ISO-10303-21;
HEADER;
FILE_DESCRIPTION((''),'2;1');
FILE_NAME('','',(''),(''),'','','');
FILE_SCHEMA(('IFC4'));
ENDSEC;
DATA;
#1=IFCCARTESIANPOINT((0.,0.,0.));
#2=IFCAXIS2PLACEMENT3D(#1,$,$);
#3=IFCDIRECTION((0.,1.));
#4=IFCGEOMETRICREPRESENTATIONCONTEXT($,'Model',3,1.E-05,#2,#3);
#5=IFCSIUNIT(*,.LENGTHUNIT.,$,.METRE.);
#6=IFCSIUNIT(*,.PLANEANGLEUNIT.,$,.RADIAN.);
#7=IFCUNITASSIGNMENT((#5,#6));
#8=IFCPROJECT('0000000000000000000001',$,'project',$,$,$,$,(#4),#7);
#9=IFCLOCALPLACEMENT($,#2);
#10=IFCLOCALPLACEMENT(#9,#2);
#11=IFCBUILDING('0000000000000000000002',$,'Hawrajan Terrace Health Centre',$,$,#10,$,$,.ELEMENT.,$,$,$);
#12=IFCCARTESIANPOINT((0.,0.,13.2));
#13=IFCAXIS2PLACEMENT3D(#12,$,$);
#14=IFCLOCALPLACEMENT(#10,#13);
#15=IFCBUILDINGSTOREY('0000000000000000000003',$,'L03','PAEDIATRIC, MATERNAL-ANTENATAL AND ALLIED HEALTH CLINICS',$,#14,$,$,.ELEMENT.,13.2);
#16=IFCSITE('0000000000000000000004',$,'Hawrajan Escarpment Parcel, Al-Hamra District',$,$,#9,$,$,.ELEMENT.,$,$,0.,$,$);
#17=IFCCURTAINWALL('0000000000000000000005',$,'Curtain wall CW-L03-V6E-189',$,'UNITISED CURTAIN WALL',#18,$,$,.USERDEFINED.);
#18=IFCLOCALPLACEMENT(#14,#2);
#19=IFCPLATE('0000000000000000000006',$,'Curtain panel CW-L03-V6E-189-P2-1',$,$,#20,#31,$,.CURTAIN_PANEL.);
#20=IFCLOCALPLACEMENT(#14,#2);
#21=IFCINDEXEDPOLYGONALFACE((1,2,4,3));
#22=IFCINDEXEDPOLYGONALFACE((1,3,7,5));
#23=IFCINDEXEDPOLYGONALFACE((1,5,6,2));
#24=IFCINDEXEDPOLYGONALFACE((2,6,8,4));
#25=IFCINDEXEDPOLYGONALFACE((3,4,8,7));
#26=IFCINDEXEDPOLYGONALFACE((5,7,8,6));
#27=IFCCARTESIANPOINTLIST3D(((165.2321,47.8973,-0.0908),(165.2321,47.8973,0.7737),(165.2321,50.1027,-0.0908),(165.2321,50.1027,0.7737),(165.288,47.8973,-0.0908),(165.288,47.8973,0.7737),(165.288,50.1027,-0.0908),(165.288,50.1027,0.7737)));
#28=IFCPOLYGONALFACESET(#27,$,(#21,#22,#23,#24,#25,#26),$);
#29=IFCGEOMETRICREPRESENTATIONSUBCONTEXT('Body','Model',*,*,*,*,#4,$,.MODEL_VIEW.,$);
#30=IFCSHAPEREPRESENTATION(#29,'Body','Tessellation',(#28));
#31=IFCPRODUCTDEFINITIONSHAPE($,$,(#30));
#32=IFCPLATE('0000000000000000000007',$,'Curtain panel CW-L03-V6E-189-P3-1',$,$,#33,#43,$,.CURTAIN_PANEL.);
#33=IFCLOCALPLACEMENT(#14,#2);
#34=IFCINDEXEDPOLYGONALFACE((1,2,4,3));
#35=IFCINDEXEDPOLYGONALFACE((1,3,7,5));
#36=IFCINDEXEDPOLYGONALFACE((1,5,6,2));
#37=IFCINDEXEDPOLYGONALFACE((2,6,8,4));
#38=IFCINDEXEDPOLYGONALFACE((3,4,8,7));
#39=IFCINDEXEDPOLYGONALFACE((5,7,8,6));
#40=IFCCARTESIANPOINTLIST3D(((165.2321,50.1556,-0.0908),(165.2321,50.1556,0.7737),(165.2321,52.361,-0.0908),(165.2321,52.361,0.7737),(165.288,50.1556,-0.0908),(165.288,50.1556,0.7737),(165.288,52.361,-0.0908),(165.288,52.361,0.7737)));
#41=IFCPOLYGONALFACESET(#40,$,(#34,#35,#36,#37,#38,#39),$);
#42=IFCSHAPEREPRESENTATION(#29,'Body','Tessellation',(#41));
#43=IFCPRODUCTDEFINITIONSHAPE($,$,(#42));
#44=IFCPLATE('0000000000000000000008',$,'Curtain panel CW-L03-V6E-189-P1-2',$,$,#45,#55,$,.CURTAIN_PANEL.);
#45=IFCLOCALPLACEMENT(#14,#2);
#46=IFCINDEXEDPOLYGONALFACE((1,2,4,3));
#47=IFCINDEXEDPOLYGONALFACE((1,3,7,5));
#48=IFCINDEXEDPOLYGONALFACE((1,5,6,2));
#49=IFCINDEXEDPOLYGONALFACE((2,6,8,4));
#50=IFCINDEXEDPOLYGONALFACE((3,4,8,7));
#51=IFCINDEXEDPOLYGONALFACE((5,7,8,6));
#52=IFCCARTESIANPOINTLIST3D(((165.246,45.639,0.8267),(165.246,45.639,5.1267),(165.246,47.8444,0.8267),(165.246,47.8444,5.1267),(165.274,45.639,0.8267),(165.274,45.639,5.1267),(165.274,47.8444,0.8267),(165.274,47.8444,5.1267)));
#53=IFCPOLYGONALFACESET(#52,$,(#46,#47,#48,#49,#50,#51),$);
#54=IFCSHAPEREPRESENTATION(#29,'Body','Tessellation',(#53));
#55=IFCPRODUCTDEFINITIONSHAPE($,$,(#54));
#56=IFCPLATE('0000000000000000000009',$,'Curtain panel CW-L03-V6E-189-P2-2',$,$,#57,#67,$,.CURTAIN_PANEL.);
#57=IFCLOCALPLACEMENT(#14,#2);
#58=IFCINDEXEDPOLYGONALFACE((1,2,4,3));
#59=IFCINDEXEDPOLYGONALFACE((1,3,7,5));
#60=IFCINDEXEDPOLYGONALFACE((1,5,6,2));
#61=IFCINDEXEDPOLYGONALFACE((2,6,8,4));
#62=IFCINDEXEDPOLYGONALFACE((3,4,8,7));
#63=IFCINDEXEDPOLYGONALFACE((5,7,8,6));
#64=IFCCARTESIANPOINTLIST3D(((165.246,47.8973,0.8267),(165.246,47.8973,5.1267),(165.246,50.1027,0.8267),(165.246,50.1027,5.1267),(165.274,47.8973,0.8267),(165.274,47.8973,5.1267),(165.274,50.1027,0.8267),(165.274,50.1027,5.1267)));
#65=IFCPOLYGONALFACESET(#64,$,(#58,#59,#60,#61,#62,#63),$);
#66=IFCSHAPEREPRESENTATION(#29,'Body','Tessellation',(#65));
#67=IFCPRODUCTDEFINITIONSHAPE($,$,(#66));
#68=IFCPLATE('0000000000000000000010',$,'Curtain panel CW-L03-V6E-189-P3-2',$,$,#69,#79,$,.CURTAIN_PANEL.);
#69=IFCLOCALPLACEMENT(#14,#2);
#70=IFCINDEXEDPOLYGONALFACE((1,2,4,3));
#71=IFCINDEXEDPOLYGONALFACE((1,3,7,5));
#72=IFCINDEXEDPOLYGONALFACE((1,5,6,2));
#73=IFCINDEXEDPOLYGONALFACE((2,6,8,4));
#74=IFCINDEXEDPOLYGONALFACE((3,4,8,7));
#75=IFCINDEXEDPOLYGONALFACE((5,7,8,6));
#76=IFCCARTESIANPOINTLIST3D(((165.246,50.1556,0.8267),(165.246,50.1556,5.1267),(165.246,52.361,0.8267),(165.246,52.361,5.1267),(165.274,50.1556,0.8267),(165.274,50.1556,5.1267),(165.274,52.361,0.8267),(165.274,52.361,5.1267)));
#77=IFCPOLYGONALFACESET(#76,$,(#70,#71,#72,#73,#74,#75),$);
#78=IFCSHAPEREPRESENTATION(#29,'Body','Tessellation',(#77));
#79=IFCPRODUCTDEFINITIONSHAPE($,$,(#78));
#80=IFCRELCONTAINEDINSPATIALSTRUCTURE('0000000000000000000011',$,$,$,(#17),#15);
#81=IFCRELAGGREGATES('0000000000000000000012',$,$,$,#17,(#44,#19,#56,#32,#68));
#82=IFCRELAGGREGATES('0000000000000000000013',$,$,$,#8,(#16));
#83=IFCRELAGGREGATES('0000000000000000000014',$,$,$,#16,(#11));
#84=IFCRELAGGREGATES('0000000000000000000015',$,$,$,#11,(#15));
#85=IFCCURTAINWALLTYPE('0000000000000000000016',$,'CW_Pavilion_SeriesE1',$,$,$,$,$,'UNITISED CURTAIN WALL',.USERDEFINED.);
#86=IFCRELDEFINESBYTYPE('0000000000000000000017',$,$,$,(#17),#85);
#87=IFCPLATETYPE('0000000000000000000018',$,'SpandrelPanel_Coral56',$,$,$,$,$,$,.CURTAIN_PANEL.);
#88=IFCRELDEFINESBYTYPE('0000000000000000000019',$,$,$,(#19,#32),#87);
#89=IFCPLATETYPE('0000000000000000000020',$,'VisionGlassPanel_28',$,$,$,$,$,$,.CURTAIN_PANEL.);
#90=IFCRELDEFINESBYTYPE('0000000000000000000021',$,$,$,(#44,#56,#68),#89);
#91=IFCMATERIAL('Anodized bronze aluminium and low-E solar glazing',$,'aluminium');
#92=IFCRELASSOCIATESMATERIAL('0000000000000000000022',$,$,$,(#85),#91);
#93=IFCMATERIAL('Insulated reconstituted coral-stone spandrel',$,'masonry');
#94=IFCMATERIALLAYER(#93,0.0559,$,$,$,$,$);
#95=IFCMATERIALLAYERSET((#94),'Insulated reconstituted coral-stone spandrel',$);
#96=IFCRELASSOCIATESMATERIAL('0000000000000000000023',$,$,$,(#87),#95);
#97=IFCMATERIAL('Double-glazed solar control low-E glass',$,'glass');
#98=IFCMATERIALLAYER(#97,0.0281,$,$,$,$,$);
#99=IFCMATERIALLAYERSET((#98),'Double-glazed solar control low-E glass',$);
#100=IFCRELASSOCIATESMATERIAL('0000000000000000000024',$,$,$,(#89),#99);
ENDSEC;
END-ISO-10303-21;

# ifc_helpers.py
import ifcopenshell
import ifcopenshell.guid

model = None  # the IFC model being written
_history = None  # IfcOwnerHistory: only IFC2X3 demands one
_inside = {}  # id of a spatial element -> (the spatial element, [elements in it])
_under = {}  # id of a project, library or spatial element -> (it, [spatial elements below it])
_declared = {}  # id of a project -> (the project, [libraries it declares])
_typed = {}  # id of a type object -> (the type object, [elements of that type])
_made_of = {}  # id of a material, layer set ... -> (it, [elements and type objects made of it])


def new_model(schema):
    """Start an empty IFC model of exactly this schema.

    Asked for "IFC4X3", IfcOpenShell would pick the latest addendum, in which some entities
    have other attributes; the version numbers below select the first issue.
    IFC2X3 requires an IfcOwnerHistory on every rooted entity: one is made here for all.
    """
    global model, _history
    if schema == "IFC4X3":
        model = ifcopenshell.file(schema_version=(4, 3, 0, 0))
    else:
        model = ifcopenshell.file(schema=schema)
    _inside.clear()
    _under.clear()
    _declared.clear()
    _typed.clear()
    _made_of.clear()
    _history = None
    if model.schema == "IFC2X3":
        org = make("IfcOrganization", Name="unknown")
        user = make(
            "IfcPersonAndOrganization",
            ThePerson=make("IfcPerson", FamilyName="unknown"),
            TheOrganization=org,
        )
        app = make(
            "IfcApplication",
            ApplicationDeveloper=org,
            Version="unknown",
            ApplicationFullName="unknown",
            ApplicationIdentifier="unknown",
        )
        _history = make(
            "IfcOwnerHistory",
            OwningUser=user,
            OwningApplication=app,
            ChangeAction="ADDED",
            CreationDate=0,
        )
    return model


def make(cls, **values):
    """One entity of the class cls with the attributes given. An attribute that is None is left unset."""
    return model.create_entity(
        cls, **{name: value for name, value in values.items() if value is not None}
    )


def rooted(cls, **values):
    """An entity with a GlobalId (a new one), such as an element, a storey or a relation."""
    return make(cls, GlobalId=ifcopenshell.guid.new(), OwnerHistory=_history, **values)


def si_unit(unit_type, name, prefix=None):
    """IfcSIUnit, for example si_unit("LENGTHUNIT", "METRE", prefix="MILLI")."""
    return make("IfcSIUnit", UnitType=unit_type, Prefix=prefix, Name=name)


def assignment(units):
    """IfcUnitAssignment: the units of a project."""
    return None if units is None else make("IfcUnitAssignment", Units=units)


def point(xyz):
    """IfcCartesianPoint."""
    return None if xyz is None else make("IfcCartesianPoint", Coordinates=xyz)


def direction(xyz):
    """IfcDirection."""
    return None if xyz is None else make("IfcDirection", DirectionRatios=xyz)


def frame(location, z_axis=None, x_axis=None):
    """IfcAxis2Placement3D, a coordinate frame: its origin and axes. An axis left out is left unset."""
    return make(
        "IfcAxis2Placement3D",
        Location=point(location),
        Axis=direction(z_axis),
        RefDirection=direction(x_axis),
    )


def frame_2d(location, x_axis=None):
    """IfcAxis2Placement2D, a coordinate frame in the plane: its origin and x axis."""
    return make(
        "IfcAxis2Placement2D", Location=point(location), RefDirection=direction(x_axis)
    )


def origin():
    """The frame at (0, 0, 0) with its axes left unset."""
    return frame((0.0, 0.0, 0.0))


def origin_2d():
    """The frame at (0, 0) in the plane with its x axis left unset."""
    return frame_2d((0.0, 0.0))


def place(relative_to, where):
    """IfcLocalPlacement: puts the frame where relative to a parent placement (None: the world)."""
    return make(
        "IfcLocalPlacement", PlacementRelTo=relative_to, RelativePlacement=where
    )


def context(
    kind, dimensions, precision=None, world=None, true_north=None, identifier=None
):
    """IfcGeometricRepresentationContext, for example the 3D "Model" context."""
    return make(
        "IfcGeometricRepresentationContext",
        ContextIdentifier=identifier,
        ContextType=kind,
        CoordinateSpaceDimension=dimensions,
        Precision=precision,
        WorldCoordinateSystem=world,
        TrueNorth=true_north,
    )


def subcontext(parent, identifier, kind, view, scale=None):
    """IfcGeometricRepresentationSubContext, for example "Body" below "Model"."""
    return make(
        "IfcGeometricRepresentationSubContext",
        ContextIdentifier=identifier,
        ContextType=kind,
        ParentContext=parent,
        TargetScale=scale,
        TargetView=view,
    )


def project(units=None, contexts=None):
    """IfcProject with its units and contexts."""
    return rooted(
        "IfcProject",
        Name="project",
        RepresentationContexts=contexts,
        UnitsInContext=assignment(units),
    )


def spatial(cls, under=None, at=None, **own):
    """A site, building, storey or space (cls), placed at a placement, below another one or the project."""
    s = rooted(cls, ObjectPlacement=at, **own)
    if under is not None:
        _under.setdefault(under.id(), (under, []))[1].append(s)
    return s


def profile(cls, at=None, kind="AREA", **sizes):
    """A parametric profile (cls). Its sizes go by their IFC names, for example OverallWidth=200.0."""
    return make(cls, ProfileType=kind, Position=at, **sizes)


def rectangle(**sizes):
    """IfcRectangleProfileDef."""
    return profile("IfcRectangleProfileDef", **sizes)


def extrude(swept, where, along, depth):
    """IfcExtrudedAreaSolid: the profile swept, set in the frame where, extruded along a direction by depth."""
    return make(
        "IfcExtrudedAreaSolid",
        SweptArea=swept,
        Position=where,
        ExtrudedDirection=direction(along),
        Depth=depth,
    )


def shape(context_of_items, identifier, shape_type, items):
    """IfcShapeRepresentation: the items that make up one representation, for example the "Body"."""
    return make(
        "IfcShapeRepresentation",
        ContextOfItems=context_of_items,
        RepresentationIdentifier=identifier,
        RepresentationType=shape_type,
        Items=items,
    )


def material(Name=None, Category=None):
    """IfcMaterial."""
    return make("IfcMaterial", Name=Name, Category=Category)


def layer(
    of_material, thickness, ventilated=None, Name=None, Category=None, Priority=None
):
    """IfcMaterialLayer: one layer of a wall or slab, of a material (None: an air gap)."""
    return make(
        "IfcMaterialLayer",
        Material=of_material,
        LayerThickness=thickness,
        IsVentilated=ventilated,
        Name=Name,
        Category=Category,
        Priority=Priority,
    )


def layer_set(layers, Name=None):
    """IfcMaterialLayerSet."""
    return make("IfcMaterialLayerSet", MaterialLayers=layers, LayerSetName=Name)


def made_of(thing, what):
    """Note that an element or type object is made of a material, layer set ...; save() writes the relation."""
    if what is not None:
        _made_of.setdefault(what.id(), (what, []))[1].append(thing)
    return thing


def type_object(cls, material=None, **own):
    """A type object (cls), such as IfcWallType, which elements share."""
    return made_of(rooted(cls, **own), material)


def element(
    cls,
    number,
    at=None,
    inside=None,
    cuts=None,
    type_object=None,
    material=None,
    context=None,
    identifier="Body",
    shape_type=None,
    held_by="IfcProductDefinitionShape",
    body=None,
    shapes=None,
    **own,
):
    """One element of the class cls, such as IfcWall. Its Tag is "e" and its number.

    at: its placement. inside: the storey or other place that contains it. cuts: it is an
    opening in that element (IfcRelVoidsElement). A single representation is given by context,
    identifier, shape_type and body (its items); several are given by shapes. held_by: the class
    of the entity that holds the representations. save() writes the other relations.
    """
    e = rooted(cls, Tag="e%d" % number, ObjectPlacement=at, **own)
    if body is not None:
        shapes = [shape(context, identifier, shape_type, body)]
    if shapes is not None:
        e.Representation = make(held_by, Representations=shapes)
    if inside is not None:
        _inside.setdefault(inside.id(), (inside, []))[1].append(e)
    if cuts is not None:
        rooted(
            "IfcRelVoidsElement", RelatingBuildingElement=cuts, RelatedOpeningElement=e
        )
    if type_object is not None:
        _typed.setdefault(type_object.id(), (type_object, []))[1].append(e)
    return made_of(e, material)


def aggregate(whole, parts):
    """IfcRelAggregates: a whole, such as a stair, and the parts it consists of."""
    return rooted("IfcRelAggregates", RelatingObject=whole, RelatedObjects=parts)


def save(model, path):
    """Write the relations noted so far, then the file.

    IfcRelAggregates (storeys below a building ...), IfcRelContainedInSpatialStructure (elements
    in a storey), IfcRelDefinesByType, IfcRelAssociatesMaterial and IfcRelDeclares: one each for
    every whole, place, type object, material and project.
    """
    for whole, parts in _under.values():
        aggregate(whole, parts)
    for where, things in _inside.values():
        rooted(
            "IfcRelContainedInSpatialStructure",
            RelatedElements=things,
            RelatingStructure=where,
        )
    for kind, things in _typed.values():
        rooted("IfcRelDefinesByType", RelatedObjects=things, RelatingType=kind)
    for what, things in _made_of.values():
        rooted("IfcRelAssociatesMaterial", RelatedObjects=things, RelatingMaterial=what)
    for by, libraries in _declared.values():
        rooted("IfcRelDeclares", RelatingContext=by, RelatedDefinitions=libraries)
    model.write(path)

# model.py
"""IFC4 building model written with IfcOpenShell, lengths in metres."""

from ifc_helpers import new_model, si_unit, direction, frame, origin, origin_2d, place, context, subcontext, project, spatial, rectangle, extrude, material, layer, layer_set, type_object, element, aggregate, save


model = new_model("IFC4")

# Units and contexts
model_context = context("Model", 3, precision=1e-05, world=origin(), true_north=direction((0.0, 1.0)))
body_context = subcontext(model_context, "Body", "Model", "MODEL_VIEW")
ifc_project = project(units=[si_unit("LENGTHUNIT", "METRE"), si_unit("PLANEANGLEUNIT", "RADIAN")], contexts=[model_context])

# Site, building, storey
site_placement = place(None, origin())
site = spatial("IfcSite", under=ifc_project, at=site_placement, Name="Hawrajan Escarpment Parcel, Al-Hamra District", CompositionType="ELEMENT", RefElevation=0.0)
building_placement = place(site_placement, origin())
building = spatial("IfcBuilding", under=site, at=building_placement, Name="Hawrajan Terrace Health Centre", CompositionType="ELEMENT")
storey_placement = place(building_placement, frame((0.0, 0.0, 13.2)))
storey = spatial("IfcBuildingStorey", under=building, at=storey_placement, Name="L03", Description="PAEDIATRIC, MATERNAL-ANTENATAL AND ALLIED HEALTH CLINICS", CompositionType="ELEMENT", Elevation=13.2)

# Curtain wall
ifc_material_1 = material(Name="Anodized bronze aluminium and low-E solar glazing", Category="aluminium")
curtain_wall_type = type_object("IfcCurtainWallType", Name="CW_Pavilion_SeriesE1", ElementType="UNITISED CURTAIN WALL", PredefinedType="USERDEFINED", material=ifc_material_1)
curtain_wall_1_placement = place(storey_placement, origin())
curtain_wall_1 = element("IfcCurtainWall", 1, at=curtain_wall_1_placement, inside=storey, type_object=curtain_wall_type, Name="Curtain wall CW-L03-V6E-189", ObjectType="UNITISED CURTAIN WALL", PredefinedType="USERDEFINED")

# Plates
ifc_material_2 = material(Name="Insulated reconstituted coral-stone spandrel", Category="masonry")
ifc_layer_1 = layer(ifc_material_2, 0.0559)
ifc_layer_set_1 = layer_set([ifc_layer_1], Name="Insulated reconstituted coral-stone spandrel")
plate_type_1 = type_object("IfcPlateType", Name="SpandrelPanel_Coral56", PredefinedType="CURTAIN_PANEL", material=ifc_layer_set_1)
plate_1_placement = place(storey_placement, frame((165.26, 49.0, -0.0908), z_axis=(0.0, 0.0, 1.0), x_axis=(0.0, 1.0, 0.0)))
plate_1 = element("IfcPlate", 2, at=plate_1_placement, type_object=plate_type_1, Name="Curtain panel CW-L03-V6E-189-P2-1", PredefinedType="CURTAIN_PANEL", context=body_context, shape_type="SweptSolid", body=[
    extrude(rectangle(XDim=2.2053, YDim=0.0559, at=origin_2d()), origin(), (0.0, 0.0, 1.0), 0.8645),
])
plate_2_placement = place(storey_placement, frame((165.26, 51.2583, -0.0908), z_axis=(0.0, 0.0, 1.0), x_axis=(0.0, 1.0, 0.0)))
plate_2 = element("IfcPlate", 3, at=plate_2_placement, type_object=plate_type_1, Name="Curtain panel CW-L03-V6E-189-P3-1", PredefinedType="CURTAIN_PANEL", context=body_context, shape_type="SweptSolid", body=[
    extrude(rectangle(XDim=2.2053, YDim=0.0559, at=origin_2d()), origin(), (0.0, 0.0, 1.0), 0.8645),
])
ifc_material_3 = material(Name="Double-glazed solar control low-E glass", Category="glass")
ifc_layer_2 = layer(ifc_material_3, 0.0281)
ifc_layer_set_2 = layer_set([ifc_layer_2], Name="Double-glazed solar control low-E glass")
plate_type_2 = type_object("IfcPlateType", Name="VisionGlassPanel_28", PredefinedType="CURTAIN_PANEL", material=ifc_layer_set_2)
plate_3_placement = place(storey_placement, frame((165.26, 46.7417, 0.8267), z_axis=(0.0, 0.0, 1.0), x_axis=(0.0, 1.0, 0.0)))
plate_3 = element("IfcPlate", 4, at=plate_3_placement, type_object=plate_type_2, Name="Curtain panel CW-L03-V6E-189-P1-2", PredefinedType="CURTAIN_PANEL", context=body_context, shape_type="SweptSolid", body=[
    extrude(rectangle(XDim=2.2053, YDim=0.0281, at=origin_2d()), origin(), (0.0, 0.0, 1.0), 4.3),
])
plate_4_placement = place(storey_placement, frame((165.26, 49.0, 0.8267), z_axis=(0.0, 0.0, 1.0), x_axis=(0.0, 1.0, 0.0)))
plate_4 = element("IfcPlate", 5, at=plate_4_placement, type_object=plate_type_2, Name="Curtain panel CW-L03-V6E-189-P2-2", PredefinedType="CURTAIN_PANEL", context=body_context, shape_type="SweptSolid", body=[
    extrude(rectangle(XDim=2.2053, YDim=0.0281, at=origin_2d()), origin(), (0.0, 0.0, 1.0), 4.3),
])
plate_5_placement = place(storey_placement, frame((165.26, 51.2583, 0.8267), z_axis=(0.0, 0.0, 1.0), x_axis=(0.0, 1.0, 0.0)))
plate_5 = element("IfcPlate", 6, at=plate_5_placement, type_object=plate_type_2, Name="Curtain panel CW-L03-V6E-189-P3-2", PredefinedType="CURTAIN_PANEL", context=body_context, shape_type="SweptSolid", body=[
    extrude(rectangle(XDim=2.2053, YDim=0.0281, at=origin_2d()), origin(), (0.0, 0.0, 1.0), 4.3),
])
aggregate(curtain_wall_1, [plate_3, plate_1, plate_4, plate_2, plate_5])

save(model, "model.ifc")
